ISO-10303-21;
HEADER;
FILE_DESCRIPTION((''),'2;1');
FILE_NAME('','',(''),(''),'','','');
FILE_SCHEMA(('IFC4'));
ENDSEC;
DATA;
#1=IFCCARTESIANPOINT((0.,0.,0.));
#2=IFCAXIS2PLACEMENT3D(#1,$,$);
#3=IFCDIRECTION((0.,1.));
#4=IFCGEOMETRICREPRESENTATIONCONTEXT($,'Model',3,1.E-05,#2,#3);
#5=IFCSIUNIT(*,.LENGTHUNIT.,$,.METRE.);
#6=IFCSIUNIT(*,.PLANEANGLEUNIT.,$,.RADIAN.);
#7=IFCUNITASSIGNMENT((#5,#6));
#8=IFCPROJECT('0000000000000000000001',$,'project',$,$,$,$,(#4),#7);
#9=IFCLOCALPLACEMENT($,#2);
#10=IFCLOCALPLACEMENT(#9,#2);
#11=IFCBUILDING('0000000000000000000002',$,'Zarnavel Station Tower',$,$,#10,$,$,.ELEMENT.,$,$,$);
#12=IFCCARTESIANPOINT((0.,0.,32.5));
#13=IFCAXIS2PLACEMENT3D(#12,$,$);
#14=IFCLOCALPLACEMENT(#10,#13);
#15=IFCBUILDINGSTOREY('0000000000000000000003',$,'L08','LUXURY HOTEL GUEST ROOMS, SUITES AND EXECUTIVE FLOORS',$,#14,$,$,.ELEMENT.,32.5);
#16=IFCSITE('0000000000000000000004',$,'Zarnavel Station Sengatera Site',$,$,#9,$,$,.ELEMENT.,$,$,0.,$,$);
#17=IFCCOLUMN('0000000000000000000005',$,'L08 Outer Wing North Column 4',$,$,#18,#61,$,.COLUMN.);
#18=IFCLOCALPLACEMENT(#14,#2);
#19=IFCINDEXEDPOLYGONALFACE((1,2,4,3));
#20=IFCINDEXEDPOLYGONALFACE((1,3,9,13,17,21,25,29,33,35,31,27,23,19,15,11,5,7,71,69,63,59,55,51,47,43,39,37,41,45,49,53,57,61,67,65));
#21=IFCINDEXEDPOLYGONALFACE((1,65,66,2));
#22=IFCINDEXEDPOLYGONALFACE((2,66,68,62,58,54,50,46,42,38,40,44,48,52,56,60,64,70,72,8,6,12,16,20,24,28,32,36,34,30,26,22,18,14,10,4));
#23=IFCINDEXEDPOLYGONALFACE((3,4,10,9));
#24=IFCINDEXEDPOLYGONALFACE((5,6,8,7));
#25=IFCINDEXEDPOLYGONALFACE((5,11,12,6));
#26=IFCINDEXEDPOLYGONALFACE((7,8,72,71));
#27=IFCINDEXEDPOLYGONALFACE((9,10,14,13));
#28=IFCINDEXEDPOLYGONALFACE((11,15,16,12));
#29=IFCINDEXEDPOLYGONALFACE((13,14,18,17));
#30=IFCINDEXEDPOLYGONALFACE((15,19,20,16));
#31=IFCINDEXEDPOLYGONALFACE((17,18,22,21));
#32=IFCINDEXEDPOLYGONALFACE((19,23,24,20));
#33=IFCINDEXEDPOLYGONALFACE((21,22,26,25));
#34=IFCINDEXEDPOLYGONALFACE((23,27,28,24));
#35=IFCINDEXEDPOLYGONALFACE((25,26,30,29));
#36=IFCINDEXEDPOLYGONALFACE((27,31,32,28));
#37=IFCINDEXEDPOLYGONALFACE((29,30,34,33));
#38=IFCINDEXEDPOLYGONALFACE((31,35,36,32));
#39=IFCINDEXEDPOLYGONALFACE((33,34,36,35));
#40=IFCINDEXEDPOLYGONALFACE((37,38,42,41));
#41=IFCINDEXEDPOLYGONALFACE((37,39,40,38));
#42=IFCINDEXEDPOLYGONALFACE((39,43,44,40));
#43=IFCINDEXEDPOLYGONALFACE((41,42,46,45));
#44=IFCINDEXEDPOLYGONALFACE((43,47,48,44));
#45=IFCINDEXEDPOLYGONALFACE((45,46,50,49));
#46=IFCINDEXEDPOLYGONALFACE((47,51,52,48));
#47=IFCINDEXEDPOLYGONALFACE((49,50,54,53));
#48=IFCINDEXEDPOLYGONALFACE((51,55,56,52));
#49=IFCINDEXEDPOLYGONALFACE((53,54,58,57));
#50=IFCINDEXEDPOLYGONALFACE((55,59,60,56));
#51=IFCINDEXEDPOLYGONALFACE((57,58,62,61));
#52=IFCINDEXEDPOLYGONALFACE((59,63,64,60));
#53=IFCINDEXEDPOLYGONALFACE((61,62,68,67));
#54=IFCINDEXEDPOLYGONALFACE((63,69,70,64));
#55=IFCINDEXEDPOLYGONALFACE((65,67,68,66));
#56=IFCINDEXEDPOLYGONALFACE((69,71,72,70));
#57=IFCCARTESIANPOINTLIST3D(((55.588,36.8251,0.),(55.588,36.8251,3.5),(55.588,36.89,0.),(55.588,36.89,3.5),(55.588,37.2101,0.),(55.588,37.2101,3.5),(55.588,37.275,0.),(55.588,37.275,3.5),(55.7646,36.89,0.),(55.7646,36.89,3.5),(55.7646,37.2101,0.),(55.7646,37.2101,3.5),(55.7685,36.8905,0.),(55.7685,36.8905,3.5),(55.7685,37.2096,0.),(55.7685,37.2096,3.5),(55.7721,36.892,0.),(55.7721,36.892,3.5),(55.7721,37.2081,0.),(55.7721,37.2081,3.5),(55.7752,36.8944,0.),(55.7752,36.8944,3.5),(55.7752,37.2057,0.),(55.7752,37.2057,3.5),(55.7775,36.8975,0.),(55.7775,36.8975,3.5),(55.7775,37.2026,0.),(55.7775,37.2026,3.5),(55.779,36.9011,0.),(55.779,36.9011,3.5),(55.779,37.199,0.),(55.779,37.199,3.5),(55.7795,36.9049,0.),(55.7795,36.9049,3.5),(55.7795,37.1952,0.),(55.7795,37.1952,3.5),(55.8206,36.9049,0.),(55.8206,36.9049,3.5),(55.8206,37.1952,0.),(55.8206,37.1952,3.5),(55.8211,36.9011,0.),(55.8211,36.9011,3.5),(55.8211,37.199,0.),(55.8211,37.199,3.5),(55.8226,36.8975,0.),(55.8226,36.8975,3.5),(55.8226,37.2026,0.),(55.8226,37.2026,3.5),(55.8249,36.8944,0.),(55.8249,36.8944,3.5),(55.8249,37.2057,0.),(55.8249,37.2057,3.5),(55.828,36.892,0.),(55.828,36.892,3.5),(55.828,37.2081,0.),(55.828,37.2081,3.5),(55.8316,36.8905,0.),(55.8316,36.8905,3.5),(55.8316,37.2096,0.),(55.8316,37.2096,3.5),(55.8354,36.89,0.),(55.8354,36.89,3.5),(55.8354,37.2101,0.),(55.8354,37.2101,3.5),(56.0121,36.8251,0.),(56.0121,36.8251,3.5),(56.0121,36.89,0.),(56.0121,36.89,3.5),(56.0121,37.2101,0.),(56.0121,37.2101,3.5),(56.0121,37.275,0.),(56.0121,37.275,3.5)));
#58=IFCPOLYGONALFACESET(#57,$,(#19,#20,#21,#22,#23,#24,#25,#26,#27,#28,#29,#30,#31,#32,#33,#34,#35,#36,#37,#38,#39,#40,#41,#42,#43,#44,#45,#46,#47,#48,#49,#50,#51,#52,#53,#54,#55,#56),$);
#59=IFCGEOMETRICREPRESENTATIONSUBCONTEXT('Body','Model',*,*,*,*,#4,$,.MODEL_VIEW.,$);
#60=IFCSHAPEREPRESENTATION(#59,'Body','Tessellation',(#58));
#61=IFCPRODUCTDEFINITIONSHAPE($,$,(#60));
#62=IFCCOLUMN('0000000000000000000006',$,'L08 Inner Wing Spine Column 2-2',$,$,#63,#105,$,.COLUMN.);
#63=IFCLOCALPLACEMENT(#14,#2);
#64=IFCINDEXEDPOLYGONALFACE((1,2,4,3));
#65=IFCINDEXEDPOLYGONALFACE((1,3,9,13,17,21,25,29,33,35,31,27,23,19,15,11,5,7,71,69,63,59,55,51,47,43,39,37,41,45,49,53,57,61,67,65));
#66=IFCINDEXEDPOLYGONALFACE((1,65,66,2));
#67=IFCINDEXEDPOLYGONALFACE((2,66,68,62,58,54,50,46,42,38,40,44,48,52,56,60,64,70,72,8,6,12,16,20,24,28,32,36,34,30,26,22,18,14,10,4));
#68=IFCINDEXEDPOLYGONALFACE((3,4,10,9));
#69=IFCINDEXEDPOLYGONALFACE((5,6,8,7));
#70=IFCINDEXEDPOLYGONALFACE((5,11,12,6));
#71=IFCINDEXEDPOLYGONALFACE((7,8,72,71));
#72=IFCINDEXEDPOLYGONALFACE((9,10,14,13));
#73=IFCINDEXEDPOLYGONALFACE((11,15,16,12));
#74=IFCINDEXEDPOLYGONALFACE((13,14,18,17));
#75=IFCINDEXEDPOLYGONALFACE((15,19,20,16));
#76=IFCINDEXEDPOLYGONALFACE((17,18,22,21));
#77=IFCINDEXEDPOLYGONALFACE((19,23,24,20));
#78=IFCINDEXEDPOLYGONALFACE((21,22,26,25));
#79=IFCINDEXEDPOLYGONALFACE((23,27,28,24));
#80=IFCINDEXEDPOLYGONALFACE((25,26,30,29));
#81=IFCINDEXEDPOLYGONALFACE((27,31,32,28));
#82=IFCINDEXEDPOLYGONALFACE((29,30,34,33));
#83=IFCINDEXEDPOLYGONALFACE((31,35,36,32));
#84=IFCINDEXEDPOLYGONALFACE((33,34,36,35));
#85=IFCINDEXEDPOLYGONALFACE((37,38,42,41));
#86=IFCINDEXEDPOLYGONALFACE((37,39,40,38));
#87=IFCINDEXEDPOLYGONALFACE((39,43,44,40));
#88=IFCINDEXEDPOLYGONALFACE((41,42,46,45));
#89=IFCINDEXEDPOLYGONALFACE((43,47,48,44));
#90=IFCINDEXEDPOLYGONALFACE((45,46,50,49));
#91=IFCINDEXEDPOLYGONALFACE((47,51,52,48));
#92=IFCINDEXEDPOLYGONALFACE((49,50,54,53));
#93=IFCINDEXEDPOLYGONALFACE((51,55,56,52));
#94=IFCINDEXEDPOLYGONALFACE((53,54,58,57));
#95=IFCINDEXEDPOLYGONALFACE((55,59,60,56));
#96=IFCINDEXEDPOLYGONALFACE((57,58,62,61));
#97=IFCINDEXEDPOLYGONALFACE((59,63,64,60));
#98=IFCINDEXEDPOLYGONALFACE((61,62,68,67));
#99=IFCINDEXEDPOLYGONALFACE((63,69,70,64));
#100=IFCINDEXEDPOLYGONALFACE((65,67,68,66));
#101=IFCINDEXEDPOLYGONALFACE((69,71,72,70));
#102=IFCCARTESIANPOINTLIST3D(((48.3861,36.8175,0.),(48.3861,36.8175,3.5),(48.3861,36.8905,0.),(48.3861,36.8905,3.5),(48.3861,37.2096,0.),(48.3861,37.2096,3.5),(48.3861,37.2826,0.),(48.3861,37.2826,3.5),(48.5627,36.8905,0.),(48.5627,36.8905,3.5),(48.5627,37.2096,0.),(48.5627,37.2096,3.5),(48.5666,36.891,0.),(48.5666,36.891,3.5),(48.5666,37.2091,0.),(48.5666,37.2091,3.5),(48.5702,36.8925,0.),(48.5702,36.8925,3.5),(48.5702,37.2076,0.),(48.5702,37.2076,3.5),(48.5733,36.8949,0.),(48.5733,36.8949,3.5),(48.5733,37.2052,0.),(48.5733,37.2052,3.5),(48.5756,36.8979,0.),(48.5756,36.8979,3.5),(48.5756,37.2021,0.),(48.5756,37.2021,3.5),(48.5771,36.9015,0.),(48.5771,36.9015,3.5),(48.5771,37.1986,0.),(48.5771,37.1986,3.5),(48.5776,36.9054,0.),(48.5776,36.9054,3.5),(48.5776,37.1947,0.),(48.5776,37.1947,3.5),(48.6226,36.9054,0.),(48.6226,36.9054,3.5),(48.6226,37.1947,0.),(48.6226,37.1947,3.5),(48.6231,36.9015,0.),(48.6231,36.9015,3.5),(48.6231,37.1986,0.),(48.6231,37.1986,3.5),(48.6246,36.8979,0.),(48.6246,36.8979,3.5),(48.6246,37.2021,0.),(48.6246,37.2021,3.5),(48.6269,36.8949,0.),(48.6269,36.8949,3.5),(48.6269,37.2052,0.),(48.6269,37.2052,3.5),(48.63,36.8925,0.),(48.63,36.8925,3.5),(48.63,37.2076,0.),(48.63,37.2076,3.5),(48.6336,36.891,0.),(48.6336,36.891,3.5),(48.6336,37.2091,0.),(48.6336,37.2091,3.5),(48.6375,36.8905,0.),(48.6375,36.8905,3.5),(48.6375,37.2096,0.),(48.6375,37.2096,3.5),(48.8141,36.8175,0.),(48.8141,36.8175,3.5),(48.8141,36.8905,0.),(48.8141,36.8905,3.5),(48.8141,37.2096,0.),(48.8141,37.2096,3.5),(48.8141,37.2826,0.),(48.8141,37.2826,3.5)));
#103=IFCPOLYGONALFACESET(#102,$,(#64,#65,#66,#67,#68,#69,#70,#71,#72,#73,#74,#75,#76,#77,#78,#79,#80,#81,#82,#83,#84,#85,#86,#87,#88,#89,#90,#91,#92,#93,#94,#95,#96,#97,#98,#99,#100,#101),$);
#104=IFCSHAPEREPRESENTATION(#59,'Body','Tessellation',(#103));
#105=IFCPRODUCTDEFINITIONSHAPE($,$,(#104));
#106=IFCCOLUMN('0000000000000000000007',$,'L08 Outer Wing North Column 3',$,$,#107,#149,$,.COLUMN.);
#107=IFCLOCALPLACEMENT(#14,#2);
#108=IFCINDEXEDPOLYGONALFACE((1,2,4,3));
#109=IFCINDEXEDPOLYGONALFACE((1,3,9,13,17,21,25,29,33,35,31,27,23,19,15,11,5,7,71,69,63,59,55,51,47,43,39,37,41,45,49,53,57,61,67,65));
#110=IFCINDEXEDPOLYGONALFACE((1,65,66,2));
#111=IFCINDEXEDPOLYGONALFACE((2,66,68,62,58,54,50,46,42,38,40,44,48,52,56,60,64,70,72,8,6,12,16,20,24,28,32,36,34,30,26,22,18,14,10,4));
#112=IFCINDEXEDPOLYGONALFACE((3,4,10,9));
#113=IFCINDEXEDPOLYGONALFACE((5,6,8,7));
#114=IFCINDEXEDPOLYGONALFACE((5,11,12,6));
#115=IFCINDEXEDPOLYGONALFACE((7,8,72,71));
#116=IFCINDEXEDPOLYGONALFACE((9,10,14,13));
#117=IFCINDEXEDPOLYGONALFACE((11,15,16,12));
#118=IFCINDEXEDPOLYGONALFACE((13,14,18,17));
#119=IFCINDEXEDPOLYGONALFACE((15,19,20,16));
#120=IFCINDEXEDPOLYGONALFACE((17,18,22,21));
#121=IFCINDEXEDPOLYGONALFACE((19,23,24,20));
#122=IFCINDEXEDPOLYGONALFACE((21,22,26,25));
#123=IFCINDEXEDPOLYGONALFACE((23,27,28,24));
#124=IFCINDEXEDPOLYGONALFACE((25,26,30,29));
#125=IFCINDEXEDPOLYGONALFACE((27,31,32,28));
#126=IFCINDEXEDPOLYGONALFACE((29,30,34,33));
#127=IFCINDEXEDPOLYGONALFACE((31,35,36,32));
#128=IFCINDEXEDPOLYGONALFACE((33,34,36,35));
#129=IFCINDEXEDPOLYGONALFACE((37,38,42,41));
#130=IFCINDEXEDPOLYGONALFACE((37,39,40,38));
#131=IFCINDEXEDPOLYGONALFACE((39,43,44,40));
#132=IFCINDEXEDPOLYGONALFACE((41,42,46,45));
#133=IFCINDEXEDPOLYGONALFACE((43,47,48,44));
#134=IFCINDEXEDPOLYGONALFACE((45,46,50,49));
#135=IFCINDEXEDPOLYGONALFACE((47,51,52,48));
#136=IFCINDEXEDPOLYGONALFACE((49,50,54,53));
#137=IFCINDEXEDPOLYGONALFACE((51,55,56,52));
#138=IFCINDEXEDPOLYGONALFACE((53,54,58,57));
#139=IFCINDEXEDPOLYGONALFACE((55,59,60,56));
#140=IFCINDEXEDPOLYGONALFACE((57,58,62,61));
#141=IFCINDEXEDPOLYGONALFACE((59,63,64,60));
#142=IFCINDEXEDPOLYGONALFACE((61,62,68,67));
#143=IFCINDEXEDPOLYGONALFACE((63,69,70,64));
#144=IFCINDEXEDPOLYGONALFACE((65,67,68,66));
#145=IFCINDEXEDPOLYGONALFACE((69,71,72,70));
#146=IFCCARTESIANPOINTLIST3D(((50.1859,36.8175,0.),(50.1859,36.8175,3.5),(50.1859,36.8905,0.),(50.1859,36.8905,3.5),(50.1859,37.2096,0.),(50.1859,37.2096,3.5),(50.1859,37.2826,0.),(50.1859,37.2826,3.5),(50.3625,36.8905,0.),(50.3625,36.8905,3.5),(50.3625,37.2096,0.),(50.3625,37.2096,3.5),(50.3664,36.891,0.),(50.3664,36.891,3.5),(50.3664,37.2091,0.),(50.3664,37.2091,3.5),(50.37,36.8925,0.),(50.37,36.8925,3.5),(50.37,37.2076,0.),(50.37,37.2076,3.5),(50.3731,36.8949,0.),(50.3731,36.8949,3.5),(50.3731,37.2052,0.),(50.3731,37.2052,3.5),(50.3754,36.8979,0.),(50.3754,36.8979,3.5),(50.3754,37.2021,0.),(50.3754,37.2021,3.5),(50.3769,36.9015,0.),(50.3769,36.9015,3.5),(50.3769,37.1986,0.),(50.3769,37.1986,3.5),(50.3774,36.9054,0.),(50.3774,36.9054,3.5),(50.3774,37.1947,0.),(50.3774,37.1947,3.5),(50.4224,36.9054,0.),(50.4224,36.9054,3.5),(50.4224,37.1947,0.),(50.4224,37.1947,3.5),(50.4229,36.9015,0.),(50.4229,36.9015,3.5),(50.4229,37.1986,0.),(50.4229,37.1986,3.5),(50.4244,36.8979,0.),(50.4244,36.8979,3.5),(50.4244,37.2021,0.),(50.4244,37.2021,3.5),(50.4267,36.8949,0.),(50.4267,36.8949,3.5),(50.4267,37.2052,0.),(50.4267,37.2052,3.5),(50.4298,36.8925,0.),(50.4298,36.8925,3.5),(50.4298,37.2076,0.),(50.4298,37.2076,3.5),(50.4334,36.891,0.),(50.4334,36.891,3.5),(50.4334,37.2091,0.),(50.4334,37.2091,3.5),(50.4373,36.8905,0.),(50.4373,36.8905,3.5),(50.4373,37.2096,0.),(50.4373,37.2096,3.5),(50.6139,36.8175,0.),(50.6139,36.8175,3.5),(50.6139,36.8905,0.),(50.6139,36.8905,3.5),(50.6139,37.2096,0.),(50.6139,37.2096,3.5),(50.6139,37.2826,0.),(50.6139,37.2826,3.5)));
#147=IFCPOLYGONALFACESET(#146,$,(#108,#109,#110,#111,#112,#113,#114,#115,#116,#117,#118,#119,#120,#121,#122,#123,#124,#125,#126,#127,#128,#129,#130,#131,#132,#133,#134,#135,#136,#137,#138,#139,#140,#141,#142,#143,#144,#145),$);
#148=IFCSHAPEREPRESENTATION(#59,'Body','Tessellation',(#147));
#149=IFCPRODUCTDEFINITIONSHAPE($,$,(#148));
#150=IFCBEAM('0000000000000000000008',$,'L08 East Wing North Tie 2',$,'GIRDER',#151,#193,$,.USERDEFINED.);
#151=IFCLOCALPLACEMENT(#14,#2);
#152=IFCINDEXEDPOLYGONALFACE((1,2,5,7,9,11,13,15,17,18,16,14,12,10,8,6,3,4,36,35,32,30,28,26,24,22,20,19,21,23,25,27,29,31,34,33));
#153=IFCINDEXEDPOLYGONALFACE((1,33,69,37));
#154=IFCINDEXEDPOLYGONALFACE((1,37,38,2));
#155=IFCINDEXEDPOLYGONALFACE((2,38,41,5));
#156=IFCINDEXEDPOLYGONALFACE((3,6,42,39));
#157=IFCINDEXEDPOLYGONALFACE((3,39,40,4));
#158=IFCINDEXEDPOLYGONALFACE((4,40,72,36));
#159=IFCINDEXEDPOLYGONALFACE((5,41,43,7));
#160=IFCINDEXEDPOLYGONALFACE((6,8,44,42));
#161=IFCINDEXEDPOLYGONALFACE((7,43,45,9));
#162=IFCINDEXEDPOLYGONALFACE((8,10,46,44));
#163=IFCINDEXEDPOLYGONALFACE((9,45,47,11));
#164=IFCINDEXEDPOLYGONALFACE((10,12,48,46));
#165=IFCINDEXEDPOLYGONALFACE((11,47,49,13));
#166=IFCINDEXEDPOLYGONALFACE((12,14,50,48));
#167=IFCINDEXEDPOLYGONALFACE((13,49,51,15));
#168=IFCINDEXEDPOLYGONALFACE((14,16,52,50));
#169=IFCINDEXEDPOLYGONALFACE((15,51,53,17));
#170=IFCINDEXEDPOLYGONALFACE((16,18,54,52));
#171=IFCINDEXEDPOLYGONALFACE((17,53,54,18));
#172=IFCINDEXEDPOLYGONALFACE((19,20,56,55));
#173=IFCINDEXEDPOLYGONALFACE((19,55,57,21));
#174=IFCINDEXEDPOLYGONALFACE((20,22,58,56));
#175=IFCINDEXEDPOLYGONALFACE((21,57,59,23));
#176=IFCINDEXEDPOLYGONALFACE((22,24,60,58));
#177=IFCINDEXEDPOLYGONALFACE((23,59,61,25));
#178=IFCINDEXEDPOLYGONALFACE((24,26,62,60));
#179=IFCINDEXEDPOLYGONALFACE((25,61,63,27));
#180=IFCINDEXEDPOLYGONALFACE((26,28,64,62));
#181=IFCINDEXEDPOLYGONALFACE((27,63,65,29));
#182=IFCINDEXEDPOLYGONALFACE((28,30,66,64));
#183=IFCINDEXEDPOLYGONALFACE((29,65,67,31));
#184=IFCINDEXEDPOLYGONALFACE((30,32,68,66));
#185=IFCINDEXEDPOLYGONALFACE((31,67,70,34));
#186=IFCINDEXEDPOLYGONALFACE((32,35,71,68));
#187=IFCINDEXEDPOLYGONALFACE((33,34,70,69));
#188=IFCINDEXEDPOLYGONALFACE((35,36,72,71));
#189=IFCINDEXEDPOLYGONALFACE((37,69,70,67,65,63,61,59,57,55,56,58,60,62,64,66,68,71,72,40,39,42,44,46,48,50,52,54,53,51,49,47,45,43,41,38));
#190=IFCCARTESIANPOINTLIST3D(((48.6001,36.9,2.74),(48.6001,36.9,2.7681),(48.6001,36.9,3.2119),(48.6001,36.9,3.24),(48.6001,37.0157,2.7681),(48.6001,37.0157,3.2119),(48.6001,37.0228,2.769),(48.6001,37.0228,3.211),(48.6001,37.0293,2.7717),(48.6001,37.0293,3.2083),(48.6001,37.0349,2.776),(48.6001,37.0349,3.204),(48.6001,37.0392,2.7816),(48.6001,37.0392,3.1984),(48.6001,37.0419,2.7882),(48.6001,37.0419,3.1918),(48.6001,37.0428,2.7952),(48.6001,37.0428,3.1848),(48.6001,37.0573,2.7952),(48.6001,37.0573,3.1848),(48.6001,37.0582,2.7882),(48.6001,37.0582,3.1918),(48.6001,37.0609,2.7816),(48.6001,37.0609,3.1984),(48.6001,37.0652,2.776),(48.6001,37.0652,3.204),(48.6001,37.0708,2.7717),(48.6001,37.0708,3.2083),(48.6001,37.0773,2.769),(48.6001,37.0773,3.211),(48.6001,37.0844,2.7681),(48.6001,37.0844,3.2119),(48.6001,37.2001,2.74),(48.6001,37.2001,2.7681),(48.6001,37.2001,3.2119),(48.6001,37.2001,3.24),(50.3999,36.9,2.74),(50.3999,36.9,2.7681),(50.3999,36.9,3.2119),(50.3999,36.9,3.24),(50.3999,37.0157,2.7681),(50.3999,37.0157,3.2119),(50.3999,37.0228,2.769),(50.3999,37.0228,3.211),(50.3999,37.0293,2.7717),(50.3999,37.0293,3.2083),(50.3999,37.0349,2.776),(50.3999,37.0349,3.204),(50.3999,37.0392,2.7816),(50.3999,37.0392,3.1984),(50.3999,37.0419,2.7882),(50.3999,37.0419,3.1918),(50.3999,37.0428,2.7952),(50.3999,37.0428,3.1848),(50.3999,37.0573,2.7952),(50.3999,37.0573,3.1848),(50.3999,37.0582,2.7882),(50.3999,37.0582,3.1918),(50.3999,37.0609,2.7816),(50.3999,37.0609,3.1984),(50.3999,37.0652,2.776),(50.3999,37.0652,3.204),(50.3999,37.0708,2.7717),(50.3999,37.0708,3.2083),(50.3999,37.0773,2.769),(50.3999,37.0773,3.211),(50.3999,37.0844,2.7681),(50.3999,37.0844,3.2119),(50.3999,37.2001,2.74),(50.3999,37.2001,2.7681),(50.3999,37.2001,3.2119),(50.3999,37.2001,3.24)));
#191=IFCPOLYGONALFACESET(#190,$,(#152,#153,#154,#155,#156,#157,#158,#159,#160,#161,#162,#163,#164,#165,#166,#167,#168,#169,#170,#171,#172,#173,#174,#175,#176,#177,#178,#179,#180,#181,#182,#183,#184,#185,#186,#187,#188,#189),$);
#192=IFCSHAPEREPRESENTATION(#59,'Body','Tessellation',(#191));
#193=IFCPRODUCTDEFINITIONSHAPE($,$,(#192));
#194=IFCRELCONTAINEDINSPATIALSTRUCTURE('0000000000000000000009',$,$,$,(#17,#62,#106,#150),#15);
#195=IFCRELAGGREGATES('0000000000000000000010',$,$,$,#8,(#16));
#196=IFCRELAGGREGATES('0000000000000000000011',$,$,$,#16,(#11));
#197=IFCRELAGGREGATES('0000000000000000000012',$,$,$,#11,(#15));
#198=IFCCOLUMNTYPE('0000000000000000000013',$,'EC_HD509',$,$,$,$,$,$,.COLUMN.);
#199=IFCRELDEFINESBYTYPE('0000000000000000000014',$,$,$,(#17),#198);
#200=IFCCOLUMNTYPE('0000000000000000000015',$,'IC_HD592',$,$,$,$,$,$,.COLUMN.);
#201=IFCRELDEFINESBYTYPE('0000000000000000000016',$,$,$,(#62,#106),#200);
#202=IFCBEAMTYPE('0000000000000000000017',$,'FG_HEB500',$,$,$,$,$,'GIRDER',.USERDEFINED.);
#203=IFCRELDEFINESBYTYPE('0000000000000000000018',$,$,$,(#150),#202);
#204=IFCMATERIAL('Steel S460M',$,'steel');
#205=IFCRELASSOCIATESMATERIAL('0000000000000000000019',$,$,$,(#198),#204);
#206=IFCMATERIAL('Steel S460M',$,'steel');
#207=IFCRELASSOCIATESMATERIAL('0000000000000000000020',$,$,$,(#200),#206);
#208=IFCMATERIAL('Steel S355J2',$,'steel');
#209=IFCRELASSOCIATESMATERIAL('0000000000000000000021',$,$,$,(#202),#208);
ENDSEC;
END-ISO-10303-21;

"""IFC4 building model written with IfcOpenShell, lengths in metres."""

from ifc_helpers import new_model, si_unit, direction, frame, origin, origin_2d, place, context, subcontext, project, spatial, i_section, extrude, material, material_profile, profile_set, type_object, element, save


model = new_model("IFC4")

# Units and contexts
model_context = context("Model", 3, precision=1e-05, world=origin(), true_north=direction((0.0, 1.0)))
body_context = subcontext(model_context, "Body", "Model", "MODEL_VIEW")
ifc_project = project(units=[si_unit("LENGTHUNIT", "METRE"), si_unit("PLANEANGLEUNIT", "RADIAN")], contexts=[model_context])

# Site, building, storey
site_placement = place(None, origin())
site = spatial("IfcSite", under=ifc_project, at=site_placement, Name="Zarnavel Station Sengatera Site", CompositionType="ELEMENT", RefElevation=0.0)
building_placement = place(site_placement, origin())
building = spatial("IfcBuilding", under=site, at=building_placement, Name="Zarnavel Station Tower", CompositionType="ELEMENT")
storey_placement = place(building_placement, frame((0.0, 0.0, 32.5)))
storey = spatial("IfcBuildingStorey", under=building, at=storey_placement, Name="L08", Description="LUXURY HOTEL GUEST ROOMS, SUITES AND EXECUTIVE FLOORS", CompositionType="ELEMENT", Elevation=32.5)

# Columns
ifc_material_1 = material(Name="Steel S460M", Category="steel")
ifc_material_profile_1 = material_profile(ifc_material_1, i_section(OverallWidth=0.4241, OverallDepth=0.45, WebThickness=0.041, FlangeThickness=0.0649, FilletRadius=0.0149, at=origin_2d()), Name="HD400x509")
ifc_profile_set_1 = profile_set([ifc_material_profile_1], Name="Steel S460M")
column_type_1 = type_object("IfcColumnType", Name="EC_HD509", PredefinedType="COLUMN", material=ifc_profile_set_1)
column_placement = place(storey_placement, frame((55.8, 37.05, 0.0), z_axis=(0.0, 0.0, 1.0), x_axis=(1.0, 0.0, 0.0)))
element("IfcColumn", 1, at=column_placement, inside=storey, type_object=column_type_1, Name="L08 Outer Wing North Column 4", PredefinedType="COLUMN", context=body_context, shape_type="SweptSolid", body=[
    extrude(i_section(OverallWidth=0.4241, OverallDepth=0.45, WebThickness=0.041, FlangeThickness=0.0649, FilletRadius=0.0149, at=origin_2d()), origin(), (0.0, 0.0, 1.0), 3.5),
])
ifc_material_2 = material(Name="Steel S460M", Category="steel")
ifc_material_profile_2 = material_profile(ifc_material_2, i_section(OverallWidth=0.428, OverallDepth=0.4651, WebThickness=0.0449, FlangeThickness=0.073, FilletRadius=0.0149, at=origin_2d()), Name="HD400x592")
ifc_profile_set_2 = profile_set([ifc_material_profile_2], Name="Steel S460M")
column_type_2 = type_object("IfcColumnType", Name="IC_HD592", PredefinedType="COLUMN", material=ifc_profile_set_2)
for number, where, z_axis, x_axis, name in (
    (2, (48.6001, 37.05, 0.0), (0.0, 0.0, 1.0), (1.0, 0.0, 0.0), "L08 Inner Wing Spine Column 2-2"),
    (3, (50.3999, 37.05, 0.0), (0.0, 0.0, 1.0), (1.0, 0.0, 0.0), "L08 Outer Wing North Column 3"),
):
    element("IfcColumn", number, at=place(storey_placement, frame(where, z_axis=z_axis, x_axis=x_axis)), inside=storey, type_object=column_type_2, Name=name, PredefinedType="COLUMN", context=body_context, shape_type="SweptSolid", body=[
        extrude(i_section(OverallWidth=0.428, OverallDepth=0.4651, WebThickness=0.0449, FlangeThickness=0.073, FilletRadius=0.0149, at=origin_2d()), origin(), (0.0, 0.0, 1.0), 3.5),
    ])

# Beam
ifc_material_3 = material(Name="Steel S355J2", Category="steel")
ifc_material_profile_3 = material_profile(ifc_material_3, i_section(OverallWidth=0.3, OverallDepth=0.5, WebThickness=0.0144, FlangeThickness=0.0281, FilletRadius=0.0271, at=origin_2d()), Name="HEB500")
ifc_profile_set_3 = profile_set([ifc_material_profile_3], Name="Steel S355J2")
beam_type = type_object("IfcBeamType", Name="FG_HEB500", ElementType="GIRDER", PredefinedType="USERDEFINED", material=ifc_profile_set_3)
beam_1_placement = place(storey_placement, frame((48.6001, 37.05, 2.99), z_axis=(1.0, 0.0, 0.0), x_axis=(0.0, 1.0, 0.0)))
element("IfcBeam", 4, at=beam_1_placement, inside=storey, type_object=beam_type, Name="L08 East Wing North Tie 2", ObjectType="GIRDER", PredefinedType="USERDEFINED", context=body_context, shape_type="SweptSolid", body=[
    extrude(i_section(OverallWidth=0.3, OverallDepth=0.5, WebThickness=0.0144, FlangeThickness=0.0281, FilletRadius=0.0271, at=origin_2d()), origin(), (0.0, 0.0, 1.0), 1.7998),
])

save(model, "model.ifc")
